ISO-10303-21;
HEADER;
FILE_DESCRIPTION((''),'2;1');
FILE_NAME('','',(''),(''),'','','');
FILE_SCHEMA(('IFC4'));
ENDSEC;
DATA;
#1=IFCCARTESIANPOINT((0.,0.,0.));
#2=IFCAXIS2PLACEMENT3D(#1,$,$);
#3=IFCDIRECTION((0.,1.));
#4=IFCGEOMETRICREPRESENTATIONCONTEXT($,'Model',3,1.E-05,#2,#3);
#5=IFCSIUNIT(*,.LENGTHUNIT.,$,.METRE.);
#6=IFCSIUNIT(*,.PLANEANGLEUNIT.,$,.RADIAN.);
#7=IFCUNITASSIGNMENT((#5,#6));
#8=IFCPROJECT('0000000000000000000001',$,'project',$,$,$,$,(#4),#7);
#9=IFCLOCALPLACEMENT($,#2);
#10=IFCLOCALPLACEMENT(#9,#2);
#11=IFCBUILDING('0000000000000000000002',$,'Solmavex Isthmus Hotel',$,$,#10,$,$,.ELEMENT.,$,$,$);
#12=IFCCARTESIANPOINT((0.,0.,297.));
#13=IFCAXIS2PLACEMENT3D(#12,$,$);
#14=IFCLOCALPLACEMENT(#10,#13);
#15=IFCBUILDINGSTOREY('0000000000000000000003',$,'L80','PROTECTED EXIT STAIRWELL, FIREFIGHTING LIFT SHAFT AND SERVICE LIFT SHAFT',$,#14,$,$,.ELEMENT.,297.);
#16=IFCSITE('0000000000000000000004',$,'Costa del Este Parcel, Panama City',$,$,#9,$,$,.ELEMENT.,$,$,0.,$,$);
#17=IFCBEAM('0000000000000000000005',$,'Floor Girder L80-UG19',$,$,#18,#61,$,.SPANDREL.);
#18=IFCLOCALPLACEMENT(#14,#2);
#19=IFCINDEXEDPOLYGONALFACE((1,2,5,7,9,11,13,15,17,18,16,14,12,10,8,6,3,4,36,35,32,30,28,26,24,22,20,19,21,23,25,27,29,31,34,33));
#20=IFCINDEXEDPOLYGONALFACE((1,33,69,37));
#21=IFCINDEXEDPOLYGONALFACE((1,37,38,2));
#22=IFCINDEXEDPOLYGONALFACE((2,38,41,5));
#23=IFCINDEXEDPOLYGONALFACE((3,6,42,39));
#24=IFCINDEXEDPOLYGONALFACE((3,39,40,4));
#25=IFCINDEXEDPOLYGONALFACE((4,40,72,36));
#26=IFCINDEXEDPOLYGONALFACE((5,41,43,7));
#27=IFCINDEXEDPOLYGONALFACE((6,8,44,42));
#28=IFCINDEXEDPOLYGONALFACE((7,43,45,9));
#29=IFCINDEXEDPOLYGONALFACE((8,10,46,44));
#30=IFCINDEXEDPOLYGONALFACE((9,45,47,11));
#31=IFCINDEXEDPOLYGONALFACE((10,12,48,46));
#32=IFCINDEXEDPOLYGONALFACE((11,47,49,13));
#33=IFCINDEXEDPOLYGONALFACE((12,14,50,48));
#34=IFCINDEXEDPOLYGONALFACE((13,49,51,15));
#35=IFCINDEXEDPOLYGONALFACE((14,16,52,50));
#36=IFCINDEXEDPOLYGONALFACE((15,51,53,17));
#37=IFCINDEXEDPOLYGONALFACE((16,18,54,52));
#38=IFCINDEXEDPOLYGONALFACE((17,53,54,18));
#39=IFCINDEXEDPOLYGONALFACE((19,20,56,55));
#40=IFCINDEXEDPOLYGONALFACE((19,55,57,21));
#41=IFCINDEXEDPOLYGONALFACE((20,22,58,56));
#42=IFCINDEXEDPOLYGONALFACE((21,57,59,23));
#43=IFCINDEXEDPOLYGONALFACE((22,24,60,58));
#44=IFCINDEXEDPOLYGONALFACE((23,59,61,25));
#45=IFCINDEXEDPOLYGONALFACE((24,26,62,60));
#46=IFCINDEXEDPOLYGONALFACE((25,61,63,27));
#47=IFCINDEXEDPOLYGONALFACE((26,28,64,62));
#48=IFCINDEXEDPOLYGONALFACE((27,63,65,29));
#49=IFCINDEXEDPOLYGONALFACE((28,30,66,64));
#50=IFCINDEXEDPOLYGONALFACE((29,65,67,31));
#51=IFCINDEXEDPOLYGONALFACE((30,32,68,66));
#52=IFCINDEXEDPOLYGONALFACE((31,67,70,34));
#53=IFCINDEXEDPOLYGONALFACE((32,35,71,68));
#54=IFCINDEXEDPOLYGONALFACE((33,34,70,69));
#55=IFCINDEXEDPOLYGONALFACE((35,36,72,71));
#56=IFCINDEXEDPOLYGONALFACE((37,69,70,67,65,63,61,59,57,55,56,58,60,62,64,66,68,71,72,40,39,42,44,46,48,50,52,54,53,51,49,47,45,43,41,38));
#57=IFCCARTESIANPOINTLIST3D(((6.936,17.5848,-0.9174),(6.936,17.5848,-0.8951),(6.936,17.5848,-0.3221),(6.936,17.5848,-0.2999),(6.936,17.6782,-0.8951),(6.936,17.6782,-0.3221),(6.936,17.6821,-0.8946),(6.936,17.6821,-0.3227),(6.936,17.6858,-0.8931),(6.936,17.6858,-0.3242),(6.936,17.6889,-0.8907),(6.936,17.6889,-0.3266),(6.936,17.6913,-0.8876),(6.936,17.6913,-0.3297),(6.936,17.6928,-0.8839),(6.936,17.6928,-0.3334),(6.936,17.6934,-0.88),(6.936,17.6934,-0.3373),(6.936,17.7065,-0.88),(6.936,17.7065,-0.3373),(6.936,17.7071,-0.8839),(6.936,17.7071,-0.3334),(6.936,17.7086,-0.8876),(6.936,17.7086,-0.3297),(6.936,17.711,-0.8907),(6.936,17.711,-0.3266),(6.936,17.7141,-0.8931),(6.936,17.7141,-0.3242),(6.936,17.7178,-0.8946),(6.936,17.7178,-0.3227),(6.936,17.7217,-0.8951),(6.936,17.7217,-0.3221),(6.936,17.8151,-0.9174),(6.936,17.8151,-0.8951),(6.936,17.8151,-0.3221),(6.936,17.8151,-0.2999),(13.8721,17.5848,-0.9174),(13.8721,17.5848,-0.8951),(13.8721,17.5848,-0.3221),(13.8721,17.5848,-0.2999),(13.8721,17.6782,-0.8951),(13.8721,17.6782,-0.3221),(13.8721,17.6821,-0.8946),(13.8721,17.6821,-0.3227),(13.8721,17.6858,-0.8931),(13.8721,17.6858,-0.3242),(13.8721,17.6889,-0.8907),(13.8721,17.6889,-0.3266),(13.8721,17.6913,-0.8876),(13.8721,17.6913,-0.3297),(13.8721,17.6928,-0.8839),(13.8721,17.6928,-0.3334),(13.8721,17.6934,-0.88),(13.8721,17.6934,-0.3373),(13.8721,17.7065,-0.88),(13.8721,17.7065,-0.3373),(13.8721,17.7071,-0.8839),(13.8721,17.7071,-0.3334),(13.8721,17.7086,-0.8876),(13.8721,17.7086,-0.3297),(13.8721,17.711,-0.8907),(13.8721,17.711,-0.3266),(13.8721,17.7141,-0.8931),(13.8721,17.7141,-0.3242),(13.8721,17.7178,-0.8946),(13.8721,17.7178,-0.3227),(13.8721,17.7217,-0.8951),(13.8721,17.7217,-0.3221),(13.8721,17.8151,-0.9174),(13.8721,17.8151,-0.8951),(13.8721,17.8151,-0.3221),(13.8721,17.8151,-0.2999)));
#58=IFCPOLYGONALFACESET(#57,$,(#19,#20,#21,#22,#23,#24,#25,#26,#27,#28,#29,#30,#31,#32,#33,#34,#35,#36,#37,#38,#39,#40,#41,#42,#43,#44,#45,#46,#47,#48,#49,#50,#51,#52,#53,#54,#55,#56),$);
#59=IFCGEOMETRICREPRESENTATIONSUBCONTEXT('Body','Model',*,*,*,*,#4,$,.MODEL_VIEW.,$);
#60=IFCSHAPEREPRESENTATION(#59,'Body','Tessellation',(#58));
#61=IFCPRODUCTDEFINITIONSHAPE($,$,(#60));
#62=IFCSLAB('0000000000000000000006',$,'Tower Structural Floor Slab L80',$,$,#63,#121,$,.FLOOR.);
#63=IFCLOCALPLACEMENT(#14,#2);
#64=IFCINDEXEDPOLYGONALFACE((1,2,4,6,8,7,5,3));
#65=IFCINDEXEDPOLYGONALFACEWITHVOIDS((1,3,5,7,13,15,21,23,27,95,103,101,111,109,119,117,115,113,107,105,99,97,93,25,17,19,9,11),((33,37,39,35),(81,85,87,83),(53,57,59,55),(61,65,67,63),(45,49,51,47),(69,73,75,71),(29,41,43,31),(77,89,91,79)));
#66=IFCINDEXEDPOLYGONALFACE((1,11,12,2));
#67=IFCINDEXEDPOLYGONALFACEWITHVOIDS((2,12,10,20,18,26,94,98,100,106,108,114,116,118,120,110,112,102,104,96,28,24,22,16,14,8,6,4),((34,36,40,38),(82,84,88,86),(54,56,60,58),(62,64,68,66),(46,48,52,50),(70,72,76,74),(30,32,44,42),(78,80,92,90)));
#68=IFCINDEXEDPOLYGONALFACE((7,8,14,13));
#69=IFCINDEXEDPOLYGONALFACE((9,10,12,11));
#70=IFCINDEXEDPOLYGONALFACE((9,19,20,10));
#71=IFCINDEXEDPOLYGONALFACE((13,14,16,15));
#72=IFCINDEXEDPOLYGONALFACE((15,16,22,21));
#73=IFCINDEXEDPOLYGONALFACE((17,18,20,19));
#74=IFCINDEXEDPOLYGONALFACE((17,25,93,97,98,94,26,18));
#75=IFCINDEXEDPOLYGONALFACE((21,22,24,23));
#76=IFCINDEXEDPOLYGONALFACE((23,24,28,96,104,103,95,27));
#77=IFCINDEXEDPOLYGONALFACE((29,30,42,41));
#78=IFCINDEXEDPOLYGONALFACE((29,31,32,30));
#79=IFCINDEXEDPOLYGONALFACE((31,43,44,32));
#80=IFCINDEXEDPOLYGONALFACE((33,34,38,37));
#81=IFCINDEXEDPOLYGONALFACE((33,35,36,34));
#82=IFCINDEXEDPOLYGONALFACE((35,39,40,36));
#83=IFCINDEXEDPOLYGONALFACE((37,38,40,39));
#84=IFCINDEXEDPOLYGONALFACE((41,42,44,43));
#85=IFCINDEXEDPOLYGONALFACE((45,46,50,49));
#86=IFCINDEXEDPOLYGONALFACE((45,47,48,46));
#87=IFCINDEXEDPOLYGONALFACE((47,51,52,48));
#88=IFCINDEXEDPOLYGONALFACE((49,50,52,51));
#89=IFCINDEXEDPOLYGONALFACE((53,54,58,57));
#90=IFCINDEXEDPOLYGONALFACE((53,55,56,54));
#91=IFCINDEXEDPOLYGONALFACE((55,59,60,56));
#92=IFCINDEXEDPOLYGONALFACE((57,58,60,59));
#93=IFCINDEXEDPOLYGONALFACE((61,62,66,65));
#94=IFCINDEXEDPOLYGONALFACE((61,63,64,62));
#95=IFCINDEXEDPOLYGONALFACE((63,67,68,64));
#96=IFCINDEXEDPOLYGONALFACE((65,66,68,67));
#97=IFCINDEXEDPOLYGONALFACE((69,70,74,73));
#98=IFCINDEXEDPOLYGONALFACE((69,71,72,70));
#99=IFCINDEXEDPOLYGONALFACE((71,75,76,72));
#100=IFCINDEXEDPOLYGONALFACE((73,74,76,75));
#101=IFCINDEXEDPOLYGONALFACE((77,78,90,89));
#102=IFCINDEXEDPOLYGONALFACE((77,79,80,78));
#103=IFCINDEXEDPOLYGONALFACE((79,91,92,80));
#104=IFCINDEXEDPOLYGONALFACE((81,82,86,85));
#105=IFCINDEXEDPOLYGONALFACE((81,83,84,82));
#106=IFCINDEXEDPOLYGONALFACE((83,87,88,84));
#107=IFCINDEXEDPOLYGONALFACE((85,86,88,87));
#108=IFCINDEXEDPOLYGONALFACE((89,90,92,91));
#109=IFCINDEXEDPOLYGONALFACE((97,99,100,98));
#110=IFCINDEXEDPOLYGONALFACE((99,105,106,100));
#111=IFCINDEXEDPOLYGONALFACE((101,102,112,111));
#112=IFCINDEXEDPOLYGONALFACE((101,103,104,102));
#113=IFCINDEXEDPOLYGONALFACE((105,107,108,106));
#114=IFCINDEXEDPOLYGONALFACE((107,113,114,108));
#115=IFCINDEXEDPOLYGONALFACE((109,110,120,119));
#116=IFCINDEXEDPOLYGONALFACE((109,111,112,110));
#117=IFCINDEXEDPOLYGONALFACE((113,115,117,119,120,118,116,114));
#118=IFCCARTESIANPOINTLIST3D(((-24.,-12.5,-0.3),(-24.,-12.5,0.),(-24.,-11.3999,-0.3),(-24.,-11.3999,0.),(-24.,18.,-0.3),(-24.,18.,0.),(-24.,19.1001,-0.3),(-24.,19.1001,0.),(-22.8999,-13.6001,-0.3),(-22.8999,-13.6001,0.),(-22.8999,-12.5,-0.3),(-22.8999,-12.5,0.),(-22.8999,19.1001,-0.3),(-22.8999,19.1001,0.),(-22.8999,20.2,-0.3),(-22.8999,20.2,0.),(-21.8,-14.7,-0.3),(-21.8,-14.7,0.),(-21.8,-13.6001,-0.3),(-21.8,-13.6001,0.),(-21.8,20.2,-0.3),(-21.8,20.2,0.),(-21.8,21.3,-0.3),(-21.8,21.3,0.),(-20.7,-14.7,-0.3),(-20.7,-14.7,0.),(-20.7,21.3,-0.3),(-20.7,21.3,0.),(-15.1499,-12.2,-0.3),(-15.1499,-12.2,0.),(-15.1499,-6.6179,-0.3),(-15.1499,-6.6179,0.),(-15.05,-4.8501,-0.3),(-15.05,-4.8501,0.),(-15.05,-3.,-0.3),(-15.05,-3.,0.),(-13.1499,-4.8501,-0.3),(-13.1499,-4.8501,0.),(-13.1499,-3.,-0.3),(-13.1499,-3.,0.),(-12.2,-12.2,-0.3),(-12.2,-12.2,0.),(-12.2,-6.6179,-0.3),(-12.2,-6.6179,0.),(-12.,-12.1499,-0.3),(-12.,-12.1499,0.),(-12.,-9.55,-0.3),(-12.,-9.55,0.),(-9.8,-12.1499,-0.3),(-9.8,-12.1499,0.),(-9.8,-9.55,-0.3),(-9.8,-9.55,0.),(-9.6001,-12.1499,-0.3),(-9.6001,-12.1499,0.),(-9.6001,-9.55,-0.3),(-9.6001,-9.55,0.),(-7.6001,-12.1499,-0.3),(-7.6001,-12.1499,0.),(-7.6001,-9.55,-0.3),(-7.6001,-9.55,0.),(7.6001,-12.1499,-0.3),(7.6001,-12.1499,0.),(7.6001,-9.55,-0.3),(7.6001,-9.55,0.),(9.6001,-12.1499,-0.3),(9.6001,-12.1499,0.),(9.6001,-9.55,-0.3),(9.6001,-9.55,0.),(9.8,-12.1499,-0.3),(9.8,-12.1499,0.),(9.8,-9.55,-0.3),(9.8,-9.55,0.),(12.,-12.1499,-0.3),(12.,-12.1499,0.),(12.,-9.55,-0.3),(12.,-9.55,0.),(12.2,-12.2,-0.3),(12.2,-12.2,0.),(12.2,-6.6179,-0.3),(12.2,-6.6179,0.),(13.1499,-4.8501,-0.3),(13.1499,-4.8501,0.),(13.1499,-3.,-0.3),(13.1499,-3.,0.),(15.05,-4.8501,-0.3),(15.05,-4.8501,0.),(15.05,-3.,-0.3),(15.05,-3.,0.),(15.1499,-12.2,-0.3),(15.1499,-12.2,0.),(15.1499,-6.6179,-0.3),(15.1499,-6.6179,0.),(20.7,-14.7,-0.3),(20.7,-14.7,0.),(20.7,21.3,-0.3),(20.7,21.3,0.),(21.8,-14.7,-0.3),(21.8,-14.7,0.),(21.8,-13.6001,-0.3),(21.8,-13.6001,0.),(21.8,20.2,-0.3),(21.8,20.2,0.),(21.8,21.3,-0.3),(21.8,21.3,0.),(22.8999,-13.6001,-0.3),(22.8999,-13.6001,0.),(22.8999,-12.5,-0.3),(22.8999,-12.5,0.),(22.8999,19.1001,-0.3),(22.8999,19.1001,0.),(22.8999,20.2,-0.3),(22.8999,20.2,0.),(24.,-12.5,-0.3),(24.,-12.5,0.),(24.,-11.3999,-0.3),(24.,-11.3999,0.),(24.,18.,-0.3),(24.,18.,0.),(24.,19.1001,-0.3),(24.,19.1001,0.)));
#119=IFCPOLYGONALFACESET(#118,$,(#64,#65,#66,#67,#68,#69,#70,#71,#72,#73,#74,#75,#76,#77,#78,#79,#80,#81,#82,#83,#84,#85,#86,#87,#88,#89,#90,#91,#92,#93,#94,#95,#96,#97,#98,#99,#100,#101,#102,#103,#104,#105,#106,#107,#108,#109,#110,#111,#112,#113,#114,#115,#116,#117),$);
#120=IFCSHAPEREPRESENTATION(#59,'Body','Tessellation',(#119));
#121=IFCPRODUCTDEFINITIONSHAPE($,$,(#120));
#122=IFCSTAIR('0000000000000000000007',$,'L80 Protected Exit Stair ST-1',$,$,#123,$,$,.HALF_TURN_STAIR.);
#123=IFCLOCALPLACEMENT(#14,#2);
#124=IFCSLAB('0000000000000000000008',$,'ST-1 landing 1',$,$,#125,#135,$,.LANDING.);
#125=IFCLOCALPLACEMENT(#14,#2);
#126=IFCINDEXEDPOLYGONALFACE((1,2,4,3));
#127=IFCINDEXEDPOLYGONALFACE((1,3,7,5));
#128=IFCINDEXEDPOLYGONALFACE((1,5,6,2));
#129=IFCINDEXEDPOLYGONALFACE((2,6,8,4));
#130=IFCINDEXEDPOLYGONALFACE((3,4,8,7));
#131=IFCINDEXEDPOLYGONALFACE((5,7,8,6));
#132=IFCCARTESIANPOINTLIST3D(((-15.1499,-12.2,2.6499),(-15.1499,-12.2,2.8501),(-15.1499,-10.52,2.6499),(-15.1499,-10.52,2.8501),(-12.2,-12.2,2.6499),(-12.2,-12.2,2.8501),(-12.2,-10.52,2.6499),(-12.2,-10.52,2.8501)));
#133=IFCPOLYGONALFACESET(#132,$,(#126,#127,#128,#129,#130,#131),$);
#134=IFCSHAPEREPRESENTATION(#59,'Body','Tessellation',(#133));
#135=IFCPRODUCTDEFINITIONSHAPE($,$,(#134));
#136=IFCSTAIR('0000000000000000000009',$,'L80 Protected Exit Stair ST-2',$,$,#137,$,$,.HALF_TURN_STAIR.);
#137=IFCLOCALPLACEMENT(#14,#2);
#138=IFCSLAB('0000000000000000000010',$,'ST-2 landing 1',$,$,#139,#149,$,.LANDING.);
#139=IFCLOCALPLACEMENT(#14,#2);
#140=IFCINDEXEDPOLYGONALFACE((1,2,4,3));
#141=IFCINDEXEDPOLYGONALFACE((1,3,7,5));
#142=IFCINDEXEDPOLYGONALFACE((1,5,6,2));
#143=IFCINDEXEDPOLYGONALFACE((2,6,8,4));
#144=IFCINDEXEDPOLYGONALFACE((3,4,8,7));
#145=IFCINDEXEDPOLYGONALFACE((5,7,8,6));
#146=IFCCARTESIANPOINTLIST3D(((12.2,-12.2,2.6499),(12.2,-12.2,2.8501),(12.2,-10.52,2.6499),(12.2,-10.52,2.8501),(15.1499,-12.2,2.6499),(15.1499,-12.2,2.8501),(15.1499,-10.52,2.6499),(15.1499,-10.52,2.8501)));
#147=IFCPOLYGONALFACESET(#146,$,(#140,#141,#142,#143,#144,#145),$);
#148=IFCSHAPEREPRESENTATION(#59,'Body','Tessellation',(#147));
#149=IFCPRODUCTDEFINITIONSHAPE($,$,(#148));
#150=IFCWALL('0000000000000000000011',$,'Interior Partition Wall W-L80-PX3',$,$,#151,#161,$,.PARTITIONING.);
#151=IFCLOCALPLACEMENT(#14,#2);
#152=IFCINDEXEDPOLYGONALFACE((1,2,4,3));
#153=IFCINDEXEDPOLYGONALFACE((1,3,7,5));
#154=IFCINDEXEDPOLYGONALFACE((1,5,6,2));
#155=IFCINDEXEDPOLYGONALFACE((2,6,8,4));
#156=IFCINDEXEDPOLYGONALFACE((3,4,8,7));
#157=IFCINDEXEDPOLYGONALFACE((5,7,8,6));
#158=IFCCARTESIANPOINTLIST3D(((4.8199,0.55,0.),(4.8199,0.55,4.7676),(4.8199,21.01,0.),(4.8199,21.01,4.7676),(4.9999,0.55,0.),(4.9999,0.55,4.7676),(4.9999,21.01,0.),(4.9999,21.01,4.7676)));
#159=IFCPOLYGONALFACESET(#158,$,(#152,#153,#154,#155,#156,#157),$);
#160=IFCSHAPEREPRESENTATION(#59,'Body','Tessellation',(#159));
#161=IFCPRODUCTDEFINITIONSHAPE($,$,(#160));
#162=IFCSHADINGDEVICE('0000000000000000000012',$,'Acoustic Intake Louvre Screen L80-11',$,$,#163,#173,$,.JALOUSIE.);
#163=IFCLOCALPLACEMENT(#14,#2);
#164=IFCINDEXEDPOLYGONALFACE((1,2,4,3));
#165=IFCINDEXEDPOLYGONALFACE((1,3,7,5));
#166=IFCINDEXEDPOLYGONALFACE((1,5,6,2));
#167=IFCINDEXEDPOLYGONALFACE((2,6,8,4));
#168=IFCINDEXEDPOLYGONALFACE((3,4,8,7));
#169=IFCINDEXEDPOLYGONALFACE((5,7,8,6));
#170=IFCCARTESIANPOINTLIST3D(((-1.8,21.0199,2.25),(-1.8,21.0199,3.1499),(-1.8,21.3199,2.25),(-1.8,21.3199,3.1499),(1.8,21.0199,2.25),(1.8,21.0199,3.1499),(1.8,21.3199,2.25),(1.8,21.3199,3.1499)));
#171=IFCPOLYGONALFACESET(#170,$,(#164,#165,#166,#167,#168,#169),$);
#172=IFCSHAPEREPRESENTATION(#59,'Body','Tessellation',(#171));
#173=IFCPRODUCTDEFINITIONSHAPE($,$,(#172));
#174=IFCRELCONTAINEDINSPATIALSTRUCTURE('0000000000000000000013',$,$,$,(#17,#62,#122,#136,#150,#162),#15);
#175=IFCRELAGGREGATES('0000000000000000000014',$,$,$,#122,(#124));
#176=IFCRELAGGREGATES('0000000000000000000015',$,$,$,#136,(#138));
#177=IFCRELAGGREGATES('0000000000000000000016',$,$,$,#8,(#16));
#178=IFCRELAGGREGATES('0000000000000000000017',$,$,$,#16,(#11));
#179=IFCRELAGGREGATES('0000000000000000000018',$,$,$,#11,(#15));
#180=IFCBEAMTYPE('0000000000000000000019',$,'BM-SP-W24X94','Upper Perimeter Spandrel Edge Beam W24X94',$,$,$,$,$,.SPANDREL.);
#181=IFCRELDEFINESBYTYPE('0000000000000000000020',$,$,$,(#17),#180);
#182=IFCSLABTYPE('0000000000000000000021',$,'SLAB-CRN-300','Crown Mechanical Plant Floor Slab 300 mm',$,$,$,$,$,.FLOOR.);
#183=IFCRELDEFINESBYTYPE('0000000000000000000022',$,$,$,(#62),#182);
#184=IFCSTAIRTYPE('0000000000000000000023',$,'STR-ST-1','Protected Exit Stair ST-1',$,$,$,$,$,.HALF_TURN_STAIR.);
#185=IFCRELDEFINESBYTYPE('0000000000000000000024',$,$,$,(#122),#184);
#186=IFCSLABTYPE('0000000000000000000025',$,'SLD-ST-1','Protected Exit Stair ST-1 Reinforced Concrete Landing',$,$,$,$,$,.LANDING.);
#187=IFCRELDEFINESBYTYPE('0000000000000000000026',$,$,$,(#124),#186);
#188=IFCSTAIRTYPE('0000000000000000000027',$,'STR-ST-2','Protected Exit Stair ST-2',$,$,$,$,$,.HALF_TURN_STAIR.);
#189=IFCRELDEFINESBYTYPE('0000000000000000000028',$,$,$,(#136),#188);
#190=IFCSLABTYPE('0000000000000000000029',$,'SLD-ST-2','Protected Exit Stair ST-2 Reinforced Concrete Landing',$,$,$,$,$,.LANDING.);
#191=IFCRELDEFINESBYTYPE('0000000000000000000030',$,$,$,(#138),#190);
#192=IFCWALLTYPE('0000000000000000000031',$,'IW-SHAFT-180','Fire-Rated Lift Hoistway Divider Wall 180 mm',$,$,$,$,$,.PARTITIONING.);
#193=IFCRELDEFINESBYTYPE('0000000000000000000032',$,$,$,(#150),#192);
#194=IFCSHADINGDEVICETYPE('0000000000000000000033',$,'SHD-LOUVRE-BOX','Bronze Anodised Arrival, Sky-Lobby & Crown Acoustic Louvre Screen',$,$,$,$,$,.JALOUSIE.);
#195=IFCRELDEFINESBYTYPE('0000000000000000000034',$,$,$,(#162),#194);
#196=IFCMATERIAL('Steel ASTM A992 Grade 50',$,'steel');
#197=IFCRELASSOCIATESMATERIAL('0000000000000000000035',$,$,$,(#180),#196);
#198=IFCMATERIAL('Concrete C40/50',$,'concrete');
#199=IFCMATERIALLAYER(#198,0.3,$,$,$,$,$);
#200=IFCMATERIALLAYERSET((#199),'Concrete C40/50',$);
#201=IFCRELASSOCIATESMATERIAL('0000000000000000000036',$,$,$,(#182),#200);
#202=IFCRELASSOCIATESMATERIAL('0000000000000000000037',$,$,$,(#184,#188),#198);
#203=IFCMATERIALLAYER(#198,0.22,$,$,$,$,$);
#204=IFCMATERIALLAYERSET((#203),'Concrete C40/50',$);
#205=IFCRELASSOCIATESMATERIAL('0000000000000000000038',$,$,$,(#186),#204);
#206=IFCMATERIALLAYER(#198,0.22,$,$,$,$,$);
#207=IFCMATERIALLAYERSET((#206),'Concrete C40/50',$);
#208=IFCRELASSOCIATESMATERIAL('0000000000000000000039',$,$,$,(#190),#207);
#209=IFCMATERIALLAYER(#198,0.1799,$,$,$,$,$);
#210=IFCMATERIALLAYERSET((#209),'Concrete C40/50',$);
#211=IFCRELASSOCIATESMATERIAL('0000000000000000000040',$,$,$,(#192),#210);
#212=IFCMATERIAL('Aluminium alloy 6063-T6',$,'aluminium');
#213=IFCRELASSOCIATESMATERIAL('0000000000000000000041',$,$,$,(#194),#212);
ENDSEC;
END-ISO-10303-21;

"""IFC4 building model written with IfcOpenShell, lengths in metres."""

from ifc_helpers import new_model, si_unit, direction, frame, frame_2d, origin, origin_2d, place, context, subcontext, project, spatial, polyline, rectangle, i_section, outline, extrude, material, layer, layer_set, material_profile, profile_set, type_object, element, aggregate, save


model = new_model("IFC4")

# Units and contexts
model_context = context("Model", 3, precision=1e-05, world=origin(), true_north=direction((0.0, 1.0)))
body_context = subcontext(model_context, "Body", "Model", "MODEL_VIEW")
ifc_project = project(units=[si_unit("LENGTHUNIT", "METRE"), si_unit("PLANEANGLEUNIT", "RADIAN")], contexts=[model_context])

# Site, building, storey
site_placement = place(None, origin())
site = spatial("IfcSite", under=ifc_project, at=site_placement, Name="Costa del Este Parcel, Panama City", CompositionType="ELEMENT", RefElevation=0.0)
building_placement = place(site_placement, origin())
building = spatial("IfcBuilding", under=site, at=building_placement, Name="Solmavex Isthmus Hotel", CompositionType="ELEMENT")
storey_placement = place(building_placement, frame((0.0, 0.0, 297.0)))
storey = spatial("IfcBuildingStorey", under=building, at=storey_placement, Name="L80", Description="PROTECTED EXIT STAIRWELL, FIREFIGHTING LIFT SHAFT AND SERVICE LIFT SHAFT", CompositionType="ELEMENT", Elevation=297.0)

# Beam
ifc_material_1 = material(Name="Steel ASTM A992 Grade 50", Category="steel")
ifc_material_profile_1 = material_profile(ifc_material_1, i_section(OverallWidth=0.2302, OverallDepth=0.6174, WebThickness=0.0132, FlangeThickness=0.0222, FilletRadius=0.0151, at=origin_2d()), Name="W24X94")
ifc_profile_set_1 = profile_set([ifc_material_profile_1], Name="Steel ASTM A992 Grade 50")
beam_type_1 = type_object("IfcBeamType", Name="BM-SP-W24X94", Description="Upper Perimeter Spandrel Edge Beam W24X94", PredefinedType="SPANDREL", material=ifc_profile_set_1)
for number, where, z_axis, x_axis, name in (
    (1, (6.936, 17.7, -0.6086), (1.0, 0.0, 0.0), (0.0, 1.0, 0.0), "Floor Girder L80-UG19"),
):
    element("IfcBeam", number, at=place(storey_placement, frame(where, z_axis=z_axis, x_axis=x_axis)), inside=storey, type_object=beam_type_1, Name=name, PredefinedType="SPANDREL", context=body_context, shape_type="SweptSolid", body=[
        extrude(i_section(OverallWidth=0.2302, OverallDepth=0.6174, WebThickness=0.0132, FlangeThickness=0.0222, FilletRadius=0.0151, at=origin_2d()), origin(), (0.0, 0.0, 1.0), 6.936),
    ])

# Slab
ifc_material_2 = material(Name="Concrete C40/50", Category="concrete")
ifc_layer_1 = layer(ifc_material_2, 0.3)
ifc_layer_set_1 = layer_set([ifc_layer_1], Name="Concrete C40/50")
slab_type_1 = type_object("IfcSlabType", Name="SLAB-CRN-300", Description="Crown Mechanical Plant Floor Slab 300 mm", PredefinedType="FLOOR", material=ifc_layer_set_1)
slab_1_placement = place(storey_placement, frame((0.0, 0.0, -0.3)))
element("IfcSlab", 2, at=slab_1_placement, inside=storey, type_object=slab_type_1, Name="Tower Structural Floor Slab L80", PredefinedType="FLOOR", context=body_context, shape_type="SweptSolid", body=[
    extrude(outline(polyline([(-20.7, -14.7), (20.7, -14.7), (21.8, -14.7), (21.8, -13.6001), (22.8999, -13.6001), (22.8999, -12.5), (24.0, -12.5), (24.0, -11.3999), (24.0, 18.0), (24.0, 19.1001), (22.8999, 19.1001), (22.8999, 20.2), (21.8, 20.2), (21.8, 21.3), (20.7, 21.3), (-20.7, 21.3), (-21.8, 21.3), (-21.8, 20.2), (-22.8999, 20.2), (-22.8999, 19.1001), (-24.0, 19.1001), (-24.0, 18.0), (-24.0, -11.3999), (-24.0, -12.5), (-22.8999, -12.5), (-22.8999, -13.6001), (-21.8, -13.6001), (-21.8, -14.7), (-20.7, -14.7)]), holes=[polyline([(-15.1499, -6.6179), (-15.1499, -12.2), (-12.2, -12.2), (-12.2, -6.6179), (-15.1499, -6.6179)]), polyline([(12.2, -6.6179), (12.2, -12.2), (15.1499, -12.2), (15.1499, -6.6179), (12.2, -6.6179)]), polyline([(-12.0, -12.1499), (-9.8, -12.1499), (-9.8, -9.55), (-12.0, -9.55), (-12.0, -12.1499)]), polyline([(9.8, -12.1499), (12.0, -12.1499), (12.0, -9.55), (9.8, -9.55), (9.8, -12.1499)]), polyline([(-9.6001, -12.1499), (-7.6001, -12.1499), (-7.6001, -9.55), (-9.6001, -9.55), (-9.6001, -12.1499)]), polyline([(7.6001, -12.1499), (9.6001, -12.1499), (9.6001, -9.55), (7.6001, -9.55), (7.6001, -12.1499)]), polyline([(-15.05, -4.8501), (-13.1499, -4.8501), (-13.1499, -3.0), (-15.05, -3.0), (-15.05, -4.8501)]), polyline([(13.1499, -4.8501), (15.05, -4.8501), (15.05, -3.0), (13.1499, -3.0), (13.1499, -4.8501)])]), origin(), (0.0, 0.0, 1.0), 0.3),
])

# Stairs, slabs
stair_type_1 = type_object("IfcStairType", Name="STR-ST-1", Description="Protected Exit Stair ST-1", PredefinedType="HALF_TURN_STAIR", material=ifc_material_2)
stair_1_placement = place(storey_placement, origin())
stair_1 = element("IfcStair", 3, at=stair_1_placement, inside=storey, type_object=stair_type_1, Name="L80 Protected Exit Stair ST-1", PredefinedType="HALF_TURN_STAIR")
ifc_layer_2 = layer(ifc_material_2, 0.22)
ifc_layer_set_2 = layer_set([ifc_layer_2], Name="Concrete C40/50")
slab_type_2 = type_object("IfcSlabType", Name="SLD-ST-1", Description="Protected Exit Stair ST-1 Reinforced Concrete Landing", PredefinedType="LANDING", material=ifc_layer_set_2)
slab_2_placement = place(storey_placement, frame((0.0, 0.0, 2.6499)))
slab_2 = element("IfcSlab", 4, at=slab_2_placement, type_object=slab_type_2, Name="ST-1 landing 1", PredefinedType="LANDING", context=body_context, shape_type="SweptSolid", body=[
    extrude(outline(polyline([(-15.1499, -10.52), (-15.1499, -12.2), (-12.2, -12.2), (-12.2, -10.52), (-15.1499, -10.52)])), origin(), (0.0, 0.0, 1.0), 0.2002),
])
aggregate(stair_1, [slab_2])
stair_type_2 = type_object("IfcStairType", Name="STR-ST-2", Description="Protected Exit Stair ST-2", PredefinedType="HALF_TURN_STAIR", material=ifc_material_2)
stair_2_placement = place(storey_placement, origin())
stair_2 = element("IfcStair", 5, at=stair_2_placement, inside=storey, type_object=stair_type_2, Name="L80 Protected Exit Stair ST-2", PredefinedType="HALF_TURN_STAIR")
ifc_layer_3 = layer(ifc_material_2, 0.22)
ifc_layer_set_3 = layer_set([ifc_layer_3], Name="Concrete C40/50")
slab_type_3 = type_object("IfcSlabType", Name="SLD-ST-2", Description="Protected Exit Stair ST-2 Reinforced Concrete Landing", PredefinedType="LANDING", material=ifc_layer_set_3)
slab_3_placement = place(storey_placement, frame((0.0, 0.0, 2.6499)))
slab_3 = element("IfcSlab", 6, at=slab_3_placement, type_object=slab_type_3, Name="ST-2 landing 1", PredefinedType="LANDING", context=body_context, shape_type="SweptSolid", body=[
    extrude(outline(polyline([(12.2, -10.52), (12.2, -12.2), (15.1499, -12.2), (15.1499, -10.52), (12.2, -10.52)])), origin(), (0.0, 0.0, 1.0), 0.2002),
])
aggregate(stair_2, [slab_3])

# Wall
ifc_layer_4 = layer(ifc_material_2, 0.1799)
ifc_layer_set_4 = layer_set([ifc_layer_4], Name="Concrete C40/50")
wall_type = type_object("IfcWallType", Name="IW-SHAFT-180", Description="Fire-Rated Lift Hoistway Divider Wall 180 mm", PredefinedType="PARTITIONING", material=ifc_layer_set_4)
wall_placement = place(storey_placement, frame((4.9099, 0.55, 0.0), z_axis=(0.0, 0.0, 1.0), x_axis=(0.0, 1.0, 0.0)))
element("IfcWall", 7, at=wall_placement, inside=storey, type_object=wall_type, Name="Interior Partition Wall W-L80-PX3", PredefinedType="PARTITIONING", context=body_context, shape_type="SweptSolid", body=[
    extrude(rectangle(XDim=20.46, YDim=0.1799, at=frame_2d((10.23, 0.0))), origin(), (0.0, 0.0, 1.0), 4.7676),
])

# Shading device
ifc_material_3 = material(Name="Aluminium alloy 6063-T6", Category="aluminium")
shading_device_type = type_object("IfcShadingDeviceType", Name="SHD-LOUVRE-BOX", Description="Bronze Anodised Arrival, Sky-Lobby & Crown Acoustic Louvre Screen", PredefinedType="JALOUSIE", material=ifc_material_3)
shading_device_placement = place(storey_placement, frame((0.0, 21.1699, 2.25), z_axis=(0.0, 0.0, 1.0), x_axis=(1.0, 0.0, 0.0)))
element("IfcShadingDevice", 8, at=shading_device_placement, inside=storey, type_object=shading_device_type, Name="Acoustic Intake Louvre Screen L80-11", PredefinedType="JALOUSIE", context=body_context, shape_type="SweptSolid", body=[
    extrude(rectangle(XDim=3.6001, YDim=0.3, at=origin_2d()), origin(), (0.0, 0.0, 1.0), 0.8999),
])

save(model, "model.ifc")
